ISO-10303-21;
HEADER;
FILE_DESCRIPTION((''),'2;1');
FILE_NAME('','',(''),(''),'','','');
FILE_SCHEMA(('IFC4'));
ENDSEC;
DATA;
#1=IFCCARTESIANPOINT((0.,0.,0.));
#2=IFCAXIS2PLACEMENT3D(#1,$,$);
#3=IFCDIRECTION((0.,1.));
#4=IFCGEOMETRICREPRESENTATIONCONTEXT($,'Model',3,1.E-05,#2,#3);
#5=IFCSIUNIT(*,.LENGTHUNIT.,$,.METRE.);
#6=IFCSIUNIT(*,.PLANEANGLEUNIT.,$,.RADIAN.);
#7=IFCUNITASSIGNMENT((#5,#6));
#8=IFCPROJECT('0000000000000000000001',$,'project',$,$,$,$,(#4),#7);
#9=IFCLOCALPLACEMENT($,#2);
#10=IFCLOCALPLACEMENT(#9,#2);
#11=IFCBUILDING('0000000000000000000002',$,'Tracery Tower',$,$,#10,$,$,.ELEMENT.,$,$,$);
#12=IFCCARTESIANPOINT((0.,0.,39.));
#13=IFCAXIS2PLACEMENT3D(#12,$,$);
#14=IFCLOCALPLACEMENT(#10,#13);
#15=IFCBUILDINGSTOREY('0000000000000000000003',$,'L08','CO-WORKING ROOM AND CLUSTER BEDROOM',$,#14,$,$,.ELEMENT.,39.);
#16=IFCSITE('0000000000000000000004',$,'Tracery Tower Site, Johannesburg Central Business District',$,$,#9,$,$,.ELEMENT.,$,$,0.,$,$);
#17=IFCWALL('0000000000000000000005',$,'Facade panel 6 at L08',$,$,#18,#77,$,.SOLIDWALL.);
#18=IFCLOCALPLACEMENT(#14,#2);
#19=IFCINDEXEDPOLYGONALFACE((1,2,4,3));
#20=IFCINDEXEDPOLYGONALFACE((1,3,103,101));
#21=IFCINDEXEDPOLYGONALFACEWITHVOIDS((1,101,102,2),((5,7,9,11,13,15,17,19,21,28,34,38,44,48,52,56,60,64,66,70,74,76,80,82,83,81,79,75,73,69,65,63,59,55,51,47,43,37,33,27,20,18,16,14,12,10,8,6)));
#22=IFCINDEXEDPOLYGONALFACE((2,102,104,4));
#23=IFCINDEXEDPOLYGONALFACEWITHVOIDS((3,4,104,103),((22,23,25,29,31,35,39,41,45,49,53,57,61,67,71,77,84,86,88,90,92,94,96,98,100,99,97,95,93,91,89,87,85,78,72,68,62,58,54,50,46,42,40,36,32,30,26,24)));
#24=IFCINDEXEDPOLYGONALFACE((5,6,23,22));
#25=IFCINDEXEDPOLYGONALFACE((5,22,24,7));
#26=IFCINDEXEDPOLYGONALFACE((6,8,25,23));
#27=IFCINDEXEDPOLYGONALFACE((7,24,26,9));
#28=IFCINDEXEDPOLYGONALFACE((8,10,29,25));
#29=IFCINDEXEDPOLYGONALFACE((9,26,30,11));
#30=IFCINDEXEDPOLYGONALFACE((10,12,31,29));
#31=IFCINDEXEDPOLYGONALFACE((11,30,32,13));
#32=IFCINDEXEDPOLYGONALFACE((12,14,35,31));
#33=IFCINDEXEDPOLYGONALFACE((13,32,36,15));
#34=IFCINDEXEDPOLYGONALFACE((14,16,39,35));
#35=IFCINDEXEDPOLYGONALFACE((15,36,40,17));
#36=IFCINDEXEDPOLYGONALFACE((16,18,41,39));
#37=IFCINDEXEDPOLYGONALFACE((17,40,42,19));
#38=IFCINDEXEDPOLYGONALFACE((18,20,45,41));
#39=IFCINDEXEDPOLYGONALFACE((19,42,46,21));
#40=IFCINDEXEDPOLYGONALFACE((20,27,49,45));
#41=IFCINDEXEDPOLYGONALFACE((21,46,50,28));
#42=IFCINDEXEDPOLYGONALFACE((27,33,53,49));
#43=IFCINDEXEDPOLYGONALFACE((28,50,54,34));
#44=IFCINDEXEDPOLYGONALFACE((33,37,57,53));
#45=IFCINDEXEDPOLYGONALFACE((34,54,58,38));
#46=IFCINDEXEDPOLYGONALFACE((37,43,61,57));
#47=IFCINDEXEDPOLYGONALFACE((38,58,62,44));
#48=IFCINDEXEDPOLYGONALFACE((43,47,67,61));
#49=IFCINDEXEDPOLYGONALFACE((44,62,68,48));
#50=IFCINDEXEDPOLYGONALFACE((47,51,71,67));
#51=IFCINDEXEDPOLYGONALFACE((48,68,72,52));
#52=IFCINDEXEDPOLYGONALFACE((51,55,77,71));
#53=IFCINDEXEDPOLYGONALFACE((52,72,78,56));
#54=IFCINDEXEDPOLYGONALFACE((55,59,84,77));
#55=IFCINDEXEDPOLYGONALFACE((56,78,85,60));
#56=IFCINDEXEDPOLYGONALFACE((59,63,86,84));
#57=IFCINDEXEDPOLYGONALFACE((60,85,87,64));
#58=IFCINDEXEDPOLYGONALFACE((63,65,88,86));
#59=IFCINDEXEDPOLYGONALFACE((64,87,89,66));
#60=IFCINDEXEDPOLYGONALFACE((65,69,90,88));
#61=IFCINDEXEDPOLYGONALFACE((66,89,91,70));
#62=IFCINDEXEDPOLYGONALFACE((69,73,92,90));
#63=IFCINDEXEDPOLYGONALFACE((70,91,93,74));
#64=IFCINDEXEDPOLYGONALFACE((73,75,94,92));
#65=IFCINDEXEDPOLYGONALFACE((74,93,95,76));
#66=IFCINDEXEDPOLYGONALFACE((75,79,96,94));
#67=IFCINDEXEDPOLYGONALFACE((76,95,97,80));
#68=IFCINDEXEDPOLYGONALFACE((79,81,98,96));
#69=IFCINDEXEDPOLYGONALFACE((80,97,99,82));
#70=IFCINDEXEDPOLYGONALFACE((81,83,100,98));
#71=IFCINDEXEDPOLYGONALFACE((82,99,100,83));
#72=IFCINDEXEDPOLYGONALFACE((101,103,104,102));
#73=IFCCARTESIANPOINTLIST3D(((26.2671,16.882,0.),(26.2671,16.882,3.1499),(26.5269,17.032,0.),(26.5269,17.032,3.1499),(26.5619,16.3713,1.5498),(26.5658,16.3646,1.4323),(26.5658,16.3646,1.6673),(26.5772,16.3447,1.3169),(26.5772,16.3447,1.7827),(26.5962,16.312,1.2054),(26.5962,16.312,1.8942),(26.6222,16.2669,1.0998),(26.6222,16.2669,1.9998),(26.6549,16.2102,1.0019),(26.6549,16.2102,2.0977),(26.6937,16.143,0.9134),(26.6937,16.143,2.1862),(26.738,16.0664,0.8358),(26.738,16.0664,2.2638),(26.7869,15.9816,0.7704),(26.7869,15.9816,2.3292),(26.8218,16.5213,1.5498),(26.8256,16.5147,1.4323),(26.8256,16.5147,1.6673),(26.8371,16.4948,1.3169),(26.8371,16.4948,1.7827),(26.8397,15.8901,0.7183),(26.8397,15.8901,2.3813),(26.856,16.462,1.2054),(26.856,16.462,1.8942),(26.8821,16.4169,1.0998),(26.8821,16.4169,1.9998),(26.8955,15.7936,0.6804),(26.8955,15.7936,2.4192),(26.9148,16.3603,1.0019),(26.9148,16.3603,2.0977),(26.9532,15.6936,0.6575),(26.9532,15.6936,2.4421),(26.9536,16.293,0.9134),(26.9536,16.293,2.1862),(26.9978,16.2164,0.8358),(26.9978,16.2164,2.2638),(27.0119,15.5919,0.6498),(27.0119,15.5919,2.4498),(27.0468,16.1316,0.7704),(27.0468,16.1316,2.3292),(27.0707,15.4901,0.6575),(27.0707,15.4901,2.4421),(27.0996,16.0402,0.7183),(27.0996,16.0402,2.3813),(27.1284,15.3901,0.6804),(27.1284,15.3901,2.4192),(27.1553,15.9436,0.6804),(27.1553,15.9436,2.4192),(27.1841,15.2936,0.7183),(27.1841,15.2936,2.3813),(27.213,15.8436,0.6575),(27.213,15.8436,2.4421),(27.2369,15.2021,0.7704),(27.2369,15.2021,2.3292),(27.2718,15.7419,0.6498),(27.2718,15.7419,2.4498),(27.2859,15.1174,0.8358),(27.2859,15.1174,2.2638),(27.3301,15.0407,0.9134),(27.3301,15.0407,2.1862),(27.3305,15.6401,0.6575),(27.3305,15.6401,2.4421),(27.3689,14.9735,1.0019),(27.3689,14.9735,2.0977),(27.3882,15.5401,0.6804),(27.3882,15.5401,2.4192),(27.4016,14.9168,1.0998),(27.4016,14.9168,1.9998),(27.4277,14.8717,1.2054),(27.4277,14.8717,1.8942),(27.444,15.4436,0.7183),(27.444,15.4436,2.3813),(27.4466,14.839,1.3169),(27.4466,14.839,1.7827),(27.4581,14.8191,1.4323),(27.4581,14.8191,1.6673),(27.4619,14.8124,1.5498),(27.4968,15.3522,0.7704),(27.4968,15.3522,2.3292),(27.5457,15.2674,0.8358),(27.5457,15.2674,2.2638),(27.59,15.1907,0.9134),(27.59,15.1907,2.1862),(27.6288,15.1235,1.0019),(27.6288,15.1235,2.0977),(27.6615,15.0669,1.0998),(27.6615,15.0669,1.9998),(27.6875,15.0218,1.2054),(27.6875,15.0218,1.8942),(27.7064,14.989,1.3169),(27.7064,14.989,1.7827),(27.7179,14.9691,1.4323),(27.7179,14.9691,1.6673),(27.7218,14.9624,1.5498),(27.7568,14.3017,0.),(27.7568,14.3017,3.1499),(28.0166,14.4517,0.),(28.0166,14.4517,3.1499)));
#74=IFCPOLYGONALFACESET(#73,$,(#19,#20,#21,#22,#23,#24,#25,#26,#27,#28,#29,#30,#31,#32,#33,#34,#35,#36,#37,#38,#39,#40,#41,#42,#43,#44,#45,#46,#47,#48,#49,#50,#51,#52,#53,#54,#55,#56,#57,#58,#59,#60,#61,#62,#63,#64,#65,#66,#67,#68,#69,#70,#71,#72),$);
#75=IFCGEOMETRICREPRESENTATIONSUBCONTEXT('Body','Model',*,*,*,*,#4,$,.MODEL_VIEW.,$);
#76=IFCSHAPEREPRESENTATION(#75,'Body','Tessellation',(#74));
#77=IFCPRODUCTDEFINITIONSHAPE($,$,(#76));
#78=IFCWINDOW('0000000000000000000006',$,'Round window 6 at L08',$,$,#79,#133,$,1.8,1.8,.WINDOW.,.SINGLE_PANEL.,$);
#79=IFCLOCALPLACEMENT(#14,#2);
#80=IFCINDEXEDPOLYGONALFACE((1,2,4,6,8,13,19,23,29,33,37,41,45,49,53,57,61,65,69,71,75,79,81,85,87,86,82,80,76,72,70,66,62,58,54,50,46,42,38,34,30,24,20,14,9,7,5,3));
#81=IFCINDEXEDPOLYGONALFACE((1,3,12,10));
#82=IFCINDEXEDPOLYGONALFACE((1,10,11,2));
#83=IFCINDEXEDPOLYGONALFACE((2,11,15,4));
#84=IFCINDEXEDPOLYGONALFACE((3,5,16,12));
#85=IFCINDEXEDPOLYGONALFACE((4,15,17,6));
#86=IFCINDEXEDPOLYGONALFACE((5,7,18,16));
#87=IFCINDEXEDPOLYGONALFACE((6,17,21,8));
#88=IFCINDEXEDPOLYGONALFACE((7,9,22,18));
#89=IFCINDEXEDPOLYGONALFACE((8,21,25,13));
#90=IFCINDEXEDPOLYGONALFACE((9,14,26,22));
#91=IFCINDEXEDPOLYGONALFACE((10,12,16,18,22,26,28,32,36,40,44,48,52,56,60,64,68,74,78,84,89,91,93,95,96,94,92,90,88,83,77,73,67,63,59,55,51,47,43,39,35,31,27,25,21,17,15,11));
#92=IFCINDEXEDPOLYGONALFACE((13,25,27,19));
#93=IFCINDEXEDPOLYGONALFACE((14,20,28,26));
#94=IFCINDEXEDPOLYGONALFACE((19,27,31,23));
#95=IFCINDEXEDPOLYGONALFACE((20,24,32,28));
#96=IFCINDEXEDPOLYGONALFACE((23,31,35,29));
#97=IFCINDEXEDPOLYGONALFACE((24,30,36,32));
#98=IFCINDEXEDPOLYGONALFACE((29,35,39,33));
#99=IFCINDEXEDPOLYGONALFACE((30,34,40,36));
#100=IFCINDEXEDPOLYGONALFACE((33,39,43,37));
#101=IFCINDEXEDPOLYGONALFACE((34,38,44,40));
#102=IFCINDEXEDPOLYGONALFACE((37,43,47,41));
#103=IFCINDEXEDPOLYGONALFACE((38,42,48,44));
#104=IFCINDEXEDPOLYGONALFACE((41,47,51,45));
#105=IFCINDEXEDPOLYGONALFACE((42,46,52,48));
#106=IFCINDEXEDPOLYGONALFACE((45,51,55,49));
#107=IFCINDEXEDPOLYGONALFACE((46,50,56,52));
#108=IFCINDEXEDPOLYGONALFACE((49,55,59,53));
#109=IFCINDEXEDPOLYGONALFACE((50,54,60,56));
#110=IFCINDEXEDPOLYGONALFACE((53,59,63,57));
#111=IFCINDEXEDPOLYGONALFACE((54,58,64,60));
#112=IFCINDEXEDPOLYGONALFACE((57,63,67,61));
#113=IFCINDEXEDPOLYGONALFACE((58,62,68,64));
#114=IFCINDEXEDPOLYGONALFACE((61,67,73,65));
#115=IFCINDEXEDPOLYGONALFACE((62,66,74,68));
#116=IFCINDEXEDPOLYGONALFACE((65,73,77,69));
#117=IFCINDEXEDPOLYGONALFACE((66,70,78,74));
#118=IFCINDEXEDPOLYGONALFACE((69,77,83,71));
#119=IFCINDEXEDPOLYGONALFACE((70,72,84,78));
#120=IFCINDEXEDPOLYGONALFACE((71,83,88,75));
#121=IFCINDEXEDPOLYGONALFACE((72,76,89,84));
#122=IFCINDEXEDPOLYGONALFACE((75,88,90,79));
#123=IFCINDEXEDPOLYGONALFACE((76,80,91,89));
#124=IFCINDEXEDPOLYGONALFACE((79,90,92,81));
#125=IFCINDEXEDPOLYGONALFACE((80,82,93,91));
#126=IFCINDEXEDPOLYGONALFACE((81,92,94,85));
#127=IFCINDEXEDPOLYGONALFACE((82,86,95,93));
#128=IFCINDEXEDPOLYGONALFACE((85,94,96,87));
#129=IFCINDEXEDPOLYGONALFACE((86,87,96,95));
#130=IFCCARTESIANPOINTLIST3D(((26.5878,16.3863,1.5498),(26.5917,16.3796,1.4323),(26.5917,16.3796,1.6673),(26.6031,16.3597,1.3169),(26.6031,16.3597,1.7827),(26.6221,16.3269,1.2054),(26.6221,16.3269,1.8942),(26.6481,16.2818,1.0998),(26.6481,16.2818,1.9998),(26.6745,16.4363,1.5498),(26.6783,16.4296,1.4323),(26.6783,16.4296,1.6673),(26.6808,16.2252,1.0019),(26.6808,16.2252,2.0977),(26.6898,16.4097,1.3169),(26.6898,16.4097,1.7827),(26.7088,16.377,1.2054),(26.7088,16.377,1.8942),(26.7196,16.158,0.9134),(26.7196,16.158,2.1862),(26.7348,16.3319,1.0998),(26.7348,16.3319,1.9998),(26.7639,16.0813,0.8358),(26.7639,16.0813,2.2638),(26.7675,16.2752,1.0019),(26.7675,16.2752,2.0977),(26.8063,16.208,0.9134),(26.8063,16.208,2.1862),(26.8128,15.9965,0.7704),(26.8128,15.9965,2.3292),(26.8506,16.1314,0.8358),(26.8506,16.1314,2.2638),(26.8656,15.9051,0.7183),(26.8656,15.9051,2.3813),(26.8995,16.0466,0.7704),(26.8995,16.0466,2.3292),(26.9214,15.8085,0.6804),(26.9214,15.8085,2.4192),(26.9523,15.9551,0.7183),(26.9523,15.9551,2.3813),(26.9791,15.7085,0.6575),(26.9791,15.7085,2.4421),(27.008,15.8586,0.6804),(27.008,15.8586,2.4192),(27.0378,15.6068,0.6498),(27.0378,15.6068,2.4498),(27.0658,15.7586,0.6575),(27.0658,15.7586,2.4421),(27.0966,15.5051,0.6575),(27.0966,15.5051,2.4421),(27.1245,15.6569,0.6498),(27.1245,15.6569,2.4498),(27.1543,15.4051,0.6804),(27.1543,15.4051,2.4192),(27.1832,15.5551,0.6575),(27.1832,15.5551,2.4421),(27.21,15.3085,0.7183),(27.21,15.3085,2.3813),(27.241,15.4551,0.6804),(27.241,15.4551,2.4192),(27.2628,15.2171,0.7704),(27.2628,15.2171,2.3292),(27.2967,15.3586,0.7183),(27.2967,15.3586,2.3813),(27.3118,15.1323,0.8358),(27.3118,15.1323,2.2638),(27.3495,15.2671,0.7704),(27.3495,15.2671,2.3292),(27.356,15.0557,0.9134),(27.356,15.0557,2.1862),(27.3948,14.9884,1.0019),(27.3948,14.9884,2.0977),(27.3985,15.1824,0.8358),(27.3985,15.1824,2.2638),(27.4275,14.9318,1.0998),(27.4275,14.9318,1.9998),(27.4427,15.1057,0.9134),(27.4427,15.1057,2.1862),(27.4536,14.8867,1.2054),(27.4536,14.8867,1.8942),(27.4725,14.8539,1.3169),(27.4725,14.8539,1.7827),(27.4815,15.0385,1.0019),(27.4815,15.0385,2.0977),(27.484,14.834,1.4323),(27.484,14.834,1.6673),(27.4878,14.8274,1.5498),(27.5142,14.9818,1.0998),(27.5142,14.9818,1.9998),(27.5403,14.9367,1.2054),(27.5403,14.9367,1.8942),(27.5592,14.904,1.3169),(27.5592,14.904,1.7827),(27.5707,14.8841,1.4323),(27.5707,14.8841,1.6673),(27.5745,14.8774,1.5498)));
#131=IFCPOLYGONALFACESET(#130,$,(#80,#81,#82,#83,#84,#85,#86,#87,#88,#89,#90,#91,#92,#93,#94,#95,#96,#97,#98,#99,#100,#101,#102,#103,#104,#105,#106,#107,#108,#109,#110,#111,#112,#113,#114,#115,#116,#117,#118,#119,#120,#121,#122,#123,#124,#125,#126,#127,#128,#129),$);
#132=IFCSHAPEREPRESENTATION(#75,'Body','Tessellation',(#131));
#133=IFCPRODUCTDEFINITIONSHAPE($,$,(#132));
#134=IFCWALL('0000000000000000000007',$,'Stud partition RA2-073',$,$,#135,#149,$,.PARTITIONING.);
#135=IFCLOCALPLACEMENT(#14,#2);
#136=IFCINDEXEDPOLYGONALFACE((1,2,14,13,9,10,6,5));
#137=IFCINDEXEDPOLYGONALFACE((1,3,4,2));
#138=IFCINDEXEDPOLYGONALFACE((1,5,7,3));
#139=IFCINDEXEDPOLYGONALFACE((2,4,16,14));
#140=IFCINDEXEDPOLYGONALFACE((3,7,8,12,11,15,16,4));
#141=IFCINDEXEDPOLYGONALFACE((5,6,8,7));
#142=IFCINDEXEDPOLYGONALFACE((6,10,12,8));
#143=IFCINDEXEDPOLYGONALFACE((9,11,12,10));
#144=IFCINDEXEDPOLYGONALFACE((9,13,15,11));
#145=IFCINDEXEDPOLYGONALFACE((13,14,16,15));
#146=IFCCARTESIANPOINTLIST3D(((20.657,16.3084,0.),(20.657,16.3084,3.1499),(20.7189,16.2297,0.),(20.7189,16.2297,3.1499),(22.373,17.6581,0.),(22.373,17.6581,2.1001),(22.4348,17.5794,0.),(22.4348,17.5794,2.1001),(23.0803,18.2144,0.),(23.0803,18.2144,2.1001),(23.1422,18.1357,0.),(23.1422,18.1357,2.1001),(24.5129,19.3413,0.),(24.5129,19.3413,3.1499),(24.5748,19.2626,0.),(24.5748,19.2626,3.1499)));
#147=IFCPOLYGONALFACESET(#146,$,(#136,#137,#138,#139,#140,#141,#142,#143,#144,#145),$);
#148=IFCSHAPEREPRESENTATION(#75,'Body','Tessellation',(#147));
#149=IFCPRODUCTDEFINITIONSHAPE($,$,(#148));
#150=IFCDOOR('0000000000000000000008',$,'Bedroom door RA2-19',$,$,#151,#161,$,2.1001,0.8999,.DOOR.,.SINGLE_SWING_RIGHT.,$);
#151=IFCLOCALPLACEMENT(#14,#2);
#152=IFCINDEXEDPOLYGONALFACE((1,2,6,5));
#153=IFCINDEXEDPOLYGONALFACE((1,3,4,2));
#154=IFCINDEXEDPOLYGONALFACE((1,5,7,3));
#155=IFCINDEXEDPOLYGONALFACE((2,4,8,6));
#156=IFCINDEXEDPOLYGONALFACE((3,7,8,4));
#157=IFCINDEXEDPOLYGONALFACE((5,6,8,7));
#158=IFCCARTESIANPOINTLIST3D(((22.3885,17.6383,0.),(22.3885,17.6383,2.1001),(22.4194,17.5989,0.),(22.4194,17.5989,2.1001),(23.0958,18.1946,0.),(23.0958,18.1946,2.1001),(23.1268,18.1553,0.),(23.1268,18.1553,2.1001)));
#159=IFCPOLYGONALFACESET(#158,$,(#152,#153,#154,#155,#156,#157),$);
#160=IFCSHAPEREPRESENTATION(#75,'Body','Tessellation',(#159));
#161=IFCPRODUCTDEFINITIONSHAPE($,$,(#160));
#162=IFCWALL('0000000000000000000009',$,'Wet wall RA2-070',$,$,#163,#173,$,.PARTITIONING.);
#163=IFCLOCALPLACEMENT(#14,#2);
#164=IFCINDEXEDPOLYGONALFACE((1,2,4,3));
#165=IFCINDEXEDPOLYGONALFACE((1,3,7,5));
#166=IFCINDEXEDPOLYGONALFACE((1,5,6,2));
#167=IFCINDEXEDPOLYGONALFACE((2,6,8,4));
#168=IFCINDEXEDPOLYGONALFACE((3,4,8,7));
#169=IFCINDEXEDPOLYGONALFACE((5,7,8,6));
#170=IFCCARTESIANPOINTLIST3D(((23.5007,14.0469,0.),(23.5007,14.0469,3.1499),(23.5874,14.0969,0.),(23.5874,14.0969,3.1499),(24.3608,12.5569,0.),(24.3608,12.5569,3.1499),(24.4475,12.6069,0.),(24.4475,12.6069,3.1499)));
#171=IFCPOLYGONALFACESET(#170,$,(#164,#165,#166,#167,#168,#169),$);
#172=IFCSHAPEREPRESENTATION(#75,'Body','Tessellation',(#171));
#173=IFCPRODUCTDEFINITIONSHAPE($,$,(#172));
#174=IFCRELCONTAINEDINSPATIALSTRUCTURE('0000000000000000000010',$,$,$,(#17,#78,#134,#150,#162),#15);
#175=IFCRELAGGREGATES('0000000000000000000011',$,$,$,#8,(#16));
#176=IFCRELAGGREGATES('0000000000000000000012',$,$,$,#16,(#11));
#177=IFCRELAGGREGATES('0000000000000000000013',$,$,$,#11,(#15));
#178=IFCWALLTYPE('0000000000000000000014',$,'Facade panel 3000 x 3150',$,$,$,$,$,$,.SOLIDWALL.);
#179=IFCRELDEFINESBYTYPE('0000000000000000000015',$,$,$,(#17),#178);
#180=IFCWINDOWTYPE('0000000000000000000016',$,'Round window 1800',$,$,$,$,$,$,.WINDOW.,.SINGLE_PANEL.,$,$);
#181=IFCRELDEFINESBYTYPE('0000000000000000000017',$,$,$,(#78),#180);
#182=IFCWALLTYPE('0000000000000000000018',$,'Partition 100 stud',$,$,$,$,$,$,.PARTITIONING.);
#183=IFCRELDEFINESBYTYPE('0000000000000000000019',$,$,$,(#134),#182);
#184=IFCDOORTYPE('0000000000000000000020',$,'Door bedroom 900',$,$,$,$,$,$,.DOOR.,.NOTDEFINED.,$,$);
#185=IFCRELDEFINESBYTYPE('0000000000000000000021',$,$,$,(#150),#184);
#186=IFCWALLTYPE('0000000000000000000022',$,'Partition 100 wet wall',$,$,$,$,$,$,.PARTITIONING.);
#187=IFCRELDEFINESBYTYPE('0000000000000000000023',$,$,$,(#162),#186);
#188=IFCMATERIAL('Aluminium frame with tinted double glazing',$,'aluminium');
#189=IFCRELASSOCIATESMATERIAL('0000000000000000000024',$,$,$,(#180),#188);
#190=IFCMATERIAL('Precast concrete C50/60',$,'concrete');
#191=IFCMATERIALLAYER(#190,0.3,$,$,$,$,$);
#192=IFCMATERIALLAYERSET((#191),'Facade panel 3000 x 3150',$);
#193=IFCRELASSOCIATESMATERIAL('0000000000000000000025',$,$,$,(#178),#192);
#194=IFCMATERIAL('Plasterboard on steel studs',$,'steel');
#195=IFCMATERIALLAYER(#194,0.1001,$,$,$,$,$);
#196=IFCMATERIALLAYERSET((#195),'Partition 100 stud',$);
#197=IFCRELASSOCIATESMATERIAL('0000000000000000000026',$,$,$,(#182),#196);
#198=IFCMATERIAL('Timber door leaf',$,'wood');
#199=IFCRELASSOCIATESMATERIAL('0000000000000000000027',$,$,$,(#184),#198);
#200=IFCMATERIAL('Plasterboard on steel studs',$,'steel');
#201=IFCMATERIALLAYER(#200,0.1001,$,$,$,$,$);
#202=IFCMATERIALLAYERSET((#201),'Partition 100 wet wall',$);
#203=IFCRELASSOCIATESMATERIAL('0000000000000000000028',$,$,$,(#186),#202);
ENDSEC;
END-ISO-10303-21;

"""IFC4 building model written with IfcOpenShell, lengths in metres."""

from ifc_helpers import new_model, si_unit, direction, frame, frame_2d, origin, origin_2d, place, context, subcontext, project, spatial, rectangle, circle, extrude, material, layer, layer_set, type_object, element, fill, save


model = new_model("IFC4")

# Units and contexts
model_context = context("Model", 3, precision=1e-05, world=origin(), true_north=direction((0.0, 1.0)))
body_context = subcontext(model_context, "Body", "Model", "MODEL_VIEW")
ifc_project = project(units=[si_unit("LENGTHUNIT", "METRE"), si_unit("PLANEANGLEUNIT", "RADIAN")], contexts=[model_context])

# Site, building, storey
site_placement = place(None, origin())
site = spatial("IfcSite", under=ifc_project, at=site_placement, Name="Tracery Tower Site, Johannesburg Central Business District", CompositionType="ELEMENT", RefElevation=0.0)
building_placement = place(site_placement, origin())
building = spatial("IfcBuilding", under=site, at=building_placement, Name="Tracery Tower", CompositionType="ELEMENT")
storey_placement = place(building_placement, frame((0.0, 0.0, 39.0)))
storey = spatial("IfcBuildingStorey", under=building, at=storey_placement, Name="L08", Description="CO-WORKING ROOM AND CLUSTER BEDROOM", CompositionType="ELEMENT", Elevation=39.0)

# Wall, opening, window
ifc_material_1 = material(Name="Aluminium frame with tinted double glazing", Category="aluminium")
window_type = type_object("IfcWindowType", Name="Round window 1800", PartitioningType="SINGLE_PANEL", PredefinedType="WINDOW", material=ifc_material_1)
ifc_material_2 = material(Name="Precast concrete C50/60", Category="concrete")
ifc_layer_1 = layer(ifc_material_2, 0.3)
ifc_layer_set_1 = layer_set([ifc_layer_1], Name="Facade panel 3000 x 3150")
wall_type_1 = type_object("IfcWallType", Name="Facade panel 3000 x 3150", PredefinedType="SOLIDWALL", material=ifc_layer_set_1)
wall_1_placement = place(storey_placement, frame((27.8867, 14.3767, 0.0), z_axis=(0.0, 0.0, 1.0), x_axis=(-0.499999, 0.866026, 0.0)))
wall_1 = element("IfcWall", 1, at=wall_1_placement, inside=storey, type_object=wall_type_1, Name="Facade panel 6 at L08", PredefinedType="SOLIDWALL", context=body_context, shape_type="SweptSolid", body=[
    extrude(rectangle(XDim=2.9795, YDim=0.3, at=frame_2d((1.4897, 0.0))), origin(), (0.0, 0.0, 1.0), 3.1499),
])
opening_1_placement = place(wall_1_placement, frame((1.4897, 0.0, 1.5498)))
opening_1 = element("IfcOpeningElement", 2, at=opening_1_placement, cuts=wall_1, PredefinedType="OPENING", context=body_context, shape_type="SweptSolid", body=[
    extrude(circle(Radius=0.9, at=origin_2d()), frame((0.0, 0.1599, 0.0), z_axis=(0.0, -1.0, 0.0), x_axis=(1.0, 0.0, 0.0)), (0.0, 0.0, 1.0), 0.3201),
])
window_1_placement = place(opening_1_placement, origin())
window_1 = element("IfcWindow", 3, at=window_1_placement, inside=storey, type_object=window_type, Name="Round window 6 at L08", OverallHeight=1.8, OverallWidth=1.8, PartitioningType="SINGLE_PANEL", PredefinedType="WINDOW", context=body_context, shape_type="SweptSolid", body=[
    extrude(circle(Radius=0.9, at=origin_2d()), frame((0.0, 0.1201, 0.0), z_axis=(0.0, -1.0, 0.0), x_axis=(1.0, 0.0, 0.0)), (0.0, 0.0, 1.0), 0.1001),
])
fill(opening_1, window_1)

# Wall, opening, door
ifc_material_3 = material(Name="Plasterboard on steel studs", Category="steel")
ifc_layer_2 = layer(ifc_material_3, 0.1001)
ifc_layer_set_2 = layer_set([ifc_layer_2], Name="Partition 100 stud")
wall_type_2 = type_object("IfcWallType", Name="Partition 100 stud", PredefinedType="PARTITIONING", material=ifc_layer_set_2)
wall_2_placement = place(storey_placement, frame((20.688, 16.269, 0.0), z_axis=(0.0, 0.0, 1.0), x_axis=(0.785994, 0.618235, 0.0)))
wall_2 = element("IfcWall", 4, at=wall_2_placement, inside=storey, type_object=wall_type_2, Name="Stud partition RA2-073", PredefinedType="PARTITIONING", context=body_context, shape_type="SweptSolid", body=[
    extrude(rectangle(XDim=4.9058, YDim=0.1001, at=frame_2d((2.4529, 0.0))), origin(), (0.0, 0.0, 1.0), 3.1499),
])
opening_2_placement = place(wall_2_placement, frame((2.1831, 0.0, 0.0)))
opening_2 = element("IfcOpeningElement", 5, at=opening_2_placement, cuts=wall_2, PredefinedType="OPENING", context=body_context, shape_type="SweptSolid", body=[
    extrude(rectangle(XDim=0.8999, YDim=2.1001, at=frame_2d((0.45, 1.05))), frame((0.0, 0.05, 0.0), z_axis=(0.0, -1.0, 0.0), x_axis=(1.0, 0.0, 0.0)), (0.0, 0.0, 1.0), 0.1001),
])
ifc_material_4 = material(Name="Timber door leaf", Category="wood")
door_type_1 = type_object("IfcDoorType", Name="Door bedroom 900", OperationType="NOTDEFINED", PredefinedType="DOOR", material=ifc_material_4)
door_1_placement = place(opening_2_placement, origin())
door_1 = element("IfcDoor", 6, at=door_1_placement, inside=storey, type_object=door_type_1, Name="Bedroom door RA2-19", OperationType="SINGLE_SWING_RIGHT", OverallHeight=2.1001, OverallWidth=0.8999, PredefinedType="DOOR", context=body_context, shape_type="SweptSolid", body=[
    extrude(rectangle(XDim=0.8999, YDim=2.1001, at=frame_2d((0.45, 1.05))), frame((0.0, 0.0249, 0.0), z_axis=(0.0, -1.0, 0.0), x_axis=(1.0, 0.0, 0.0)), (0.0, 0.0, 1.0), 0.05),
])
fill(opening_2, door_1)

# Wall
ifc_material_5 = material(Name="Plasterboard on steel studs", Category="steel")
ifc_layer_3 = layer(ifc_material_5, 0.1001)
ifc_layer_set_3 = layer_set([ifc_layer_3], Name="Partition 100 wet wall")
wall_type_3 = type_object("IfcWallType", Name="Partition 100 wet wall", PredefinedType="PARTITIONING", material=ifc_layer_set_3)
wall_3_placement = place(storey_placement, frame((23.5439, 14.072, 0.0), z_axis=(0.0, 0.0, 1.0), x_axis=(0.499939, -0.86606, 0.0)))
element("IfcWall", 7, at=wall_3_placement, inside=storey, type_object=wall_type_3, Name="Wet wall RA2-070", PredefinedType="PARTITIONING", context=body_context, shape_type="SweptSolid", body=[
    extrude(rectangle(XDim=1.7205, YDim=0.1001, at=frame_2d((0.8604, 0.0))), origin(), (0.0, 0.0, 1.0), 3.1499),
])

save(model, "model.ifc")
